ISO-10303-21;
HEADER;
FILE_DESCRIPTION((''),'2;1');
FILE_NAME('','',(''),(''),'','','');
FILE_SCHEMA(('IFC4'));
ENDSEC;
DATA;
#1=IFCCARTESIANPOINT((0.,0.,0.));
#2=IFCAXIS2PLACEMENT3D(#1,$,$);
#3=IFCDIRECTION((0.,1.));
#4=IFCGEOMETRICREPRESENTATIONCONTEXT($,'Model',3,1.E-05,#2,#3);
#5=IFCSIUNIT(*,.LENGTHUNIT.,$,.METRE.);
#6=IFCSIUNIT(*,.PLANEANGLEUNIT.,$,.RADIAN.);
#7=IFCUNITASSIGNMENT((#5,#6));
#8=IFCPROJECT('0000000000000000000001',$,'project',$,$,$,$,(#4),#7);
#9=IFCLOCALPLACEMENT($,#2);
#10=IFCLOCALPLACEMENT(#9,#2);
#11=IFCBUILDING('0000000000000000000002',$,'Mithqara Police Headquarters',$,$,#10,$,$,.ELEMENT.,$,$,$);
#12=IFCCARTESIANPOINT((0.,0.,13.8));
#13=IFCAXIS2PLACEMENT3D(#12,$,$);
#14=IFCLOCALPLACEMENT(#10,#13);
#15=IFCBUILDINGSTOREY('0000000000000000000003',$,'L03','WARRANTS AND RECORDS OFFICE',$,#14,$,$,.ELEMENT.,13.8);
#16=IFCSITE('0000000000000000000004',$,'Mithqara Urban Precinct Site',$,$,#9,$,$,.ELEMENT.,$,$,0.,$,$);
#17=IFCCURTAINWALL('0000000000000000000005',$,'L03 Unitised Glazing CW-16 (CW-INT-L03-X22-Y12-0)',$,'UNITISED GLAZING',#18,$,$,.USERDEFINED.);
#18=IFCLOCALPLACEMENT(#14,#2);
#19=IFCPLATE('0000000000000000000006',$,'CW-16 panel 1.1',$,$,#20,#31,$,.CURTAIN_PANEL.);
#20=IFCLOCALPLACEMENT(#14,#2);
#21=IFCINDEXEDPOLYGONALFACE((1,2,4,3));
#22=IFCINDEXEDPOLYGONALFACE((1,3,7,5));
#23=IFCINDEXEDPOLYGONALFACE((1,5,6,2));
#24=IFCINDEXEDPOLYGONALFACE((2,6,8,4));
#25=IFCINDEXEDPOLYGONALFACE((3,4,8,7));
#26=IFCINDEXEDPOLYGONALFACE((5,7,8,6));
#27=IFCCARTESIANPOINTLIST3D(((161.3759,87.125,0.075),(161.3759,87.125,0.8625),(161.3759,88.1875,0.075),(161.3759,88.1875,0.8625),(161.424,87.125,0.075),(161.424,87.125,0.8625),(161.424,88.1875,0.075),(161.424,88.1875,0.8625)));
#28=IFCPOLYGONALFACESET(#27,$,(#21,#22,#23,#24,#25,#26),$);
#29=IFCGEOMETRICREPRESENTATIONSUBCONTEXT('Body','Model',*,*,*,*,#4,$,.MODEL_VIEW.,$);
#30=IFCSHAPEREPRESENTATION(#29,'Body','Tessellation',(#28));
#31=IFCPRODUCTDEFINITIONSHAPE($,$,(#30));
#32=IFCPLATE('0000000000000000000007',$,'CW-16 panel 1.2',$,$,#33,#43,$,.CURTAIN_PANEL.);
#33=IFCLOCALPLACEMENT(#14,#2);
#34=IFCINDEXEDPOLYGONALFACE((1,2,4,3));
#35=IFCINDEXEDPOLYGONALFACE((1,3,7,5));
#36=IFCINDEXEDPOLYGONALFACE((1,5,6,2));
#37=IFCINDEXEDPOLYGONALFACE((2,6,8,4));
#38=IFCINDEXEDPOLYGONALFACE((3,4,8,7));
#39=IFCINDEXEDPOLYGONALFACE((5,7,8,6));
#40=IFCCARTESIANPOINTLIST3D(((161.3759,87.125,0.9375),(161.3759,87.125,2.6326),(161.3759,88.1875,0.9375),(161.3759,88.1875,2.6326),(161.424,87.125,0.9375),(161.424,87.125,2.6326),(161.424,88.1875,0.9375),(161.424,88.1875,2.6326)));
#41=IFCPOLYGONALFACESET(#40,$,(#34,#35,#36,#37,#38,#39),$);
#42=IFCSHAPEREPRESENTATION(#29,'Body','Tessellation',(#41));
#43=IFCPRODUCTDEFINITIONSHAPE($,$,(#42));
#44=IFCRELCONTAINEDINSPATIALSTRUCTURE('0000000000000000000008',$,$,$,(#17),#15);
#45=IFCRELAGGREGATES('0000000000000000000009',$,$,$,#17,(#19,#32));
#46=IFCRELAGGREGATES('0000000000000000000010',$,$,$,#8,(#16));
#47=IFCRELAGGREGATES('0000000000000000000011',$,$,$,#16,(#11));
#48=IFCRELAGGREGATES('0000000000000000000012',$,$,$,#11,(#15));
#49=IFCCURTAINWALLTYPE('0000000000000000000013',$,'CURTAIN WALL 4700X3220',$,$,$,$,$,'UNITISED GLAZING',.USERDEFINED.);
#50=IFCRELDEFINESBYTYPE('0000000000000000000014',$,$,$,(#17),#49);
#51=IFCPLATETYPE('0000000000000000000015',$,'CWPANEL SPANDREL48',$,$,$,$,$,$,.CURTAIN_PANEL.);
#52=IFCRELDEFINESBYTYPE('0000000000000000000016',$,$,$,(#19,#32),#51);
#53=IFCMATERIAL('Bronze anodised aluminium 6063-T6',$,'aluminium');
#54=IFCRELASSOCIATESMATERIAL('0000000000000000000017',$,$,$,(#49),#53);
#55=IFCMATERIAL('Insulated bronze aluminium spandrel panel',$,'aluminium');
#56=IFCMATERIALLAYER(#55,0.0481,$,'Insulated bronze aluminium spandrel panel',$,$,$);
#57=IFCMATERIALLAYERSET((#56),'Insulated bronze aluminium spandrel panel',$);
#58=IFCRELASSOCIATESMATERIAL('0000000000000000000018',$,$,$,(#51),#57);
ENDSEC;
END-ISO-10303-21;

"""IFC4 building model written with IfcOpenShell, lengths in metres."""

from ifc_helpers import new_model, si_unit, direction, frame, origin, origin_2d, place, context, subcontext, project, spatial, rectangle, extrude, material, layer, layer_set, type_object, element, aggregate, save


model = new_model("IFC4")

# Units and contexts
model_context = context("Model", 3, precision=1e-05, world=origin(), true_north=direction((0.0, 1.0)))
body_context = subcontext(model_context, "Body", "Model", "MODEL_VIEW")
ifc_project = project(units=[si_unit("LENGTHUNIT", "METRE"), si_unit("PLANEANGLEUNIT", "RADIAN")], contexts=[model_context])

# Site, building, storey
site_placement = place(None, origin())
site = spatial("IfcSite", under=ifc_project, at=site_placement, Name="Mithqara Urban Precinct Site", CompositionType="ELEMENT", RefElevation=0.0)
building_placement = place(site_placement, origin())
building = spatial("IfcBuilding", under=site, at=building_placement, Name="Mithqara Police Headquarters", CompositionType="ELEMENT")
storey_placement = place(building_placement, frame((0.0, 0.0, 13.8)))
storey = spatial("IfcBuildingStorey", under=building, at=storey_placement, Name="L03", Description="WARRANTS AND RECORDS OFFICE", CompositionType="ELEMENT", Elevation=13.8)

# Shared definitions
ifc_material_1 = material(Name="Bronze anodised aluminium 6063-T6", Category="aluminium")
curtain_wall_type = type_object("IfcCurtainWallType", Name="CURTAIN WALL 4700X3220", ElementType="UNITISED GLAZING", PredefinedType="USERDEFINED", material=ifc_material_1)

# Curtain wall
curtain_wall_1_placement = place(storey_placement, origin())
curtain_wall_1 = element("IfcCurtainWall", 1, at=curtain_wall_1_placement, inside=storey, type_object=curtain_wall_type, Name="L03 Unitised Glazing CW-16 (CW-INT-L03-X22-Y12-0)", ObjectType="UNITISED GLAZING", PredefinedType="USERDEFINED")

# Plates
ifc_material_2 = material(Name="Insulated bronze aluminium spandrel panel", Category="aluminium")
ifc_layer_1 = layer(ifc_material_2, 0.0481, Name="Insulated bronze aluminium spandrel panel")
ifc_layer_set_1 = layer_set([ifc_layer_1], Name="Insulated bronze aluminium spandrel panel")
plate_type_1 = type_object("IfcPlateType", Name="CWPANEL SPANDREL48", PredefinedType="CURTAIN_PANEL", material=ifc_layer_set_1)
plate_1_placement = place(storey_placement, frame((161.3999, 87.6562, 0.075), z_axis=(0.0, 0.0, 1.0), x_axis=(0.0, 1.0, 0.0)))
plate_1 = element("IfcPlate", 2, at=plate_1_placement, type_object=plate_type_1, Name="CW-16 panel 1.1", PredefinedType="CURTAIN_PANEL", context=body_context, shape_type="SweptSolid", body=[
    extrude(rectangle(XDim=1.0625, YDim=0.0481, at=origin_2d()), origin(), (0.0, 0.0, 1.0), 0.7876),
])
plate_2_placement = place(storey_placement, frame((161.3999, 87.6562, 0.9375), z_axis=(0.0, 0.0, 1.0), x_axis=(0.0, 1.0, 0.0)))
plate_2 = element("IfcPlate", 3, at=plate_2_placement, type_object=plate_type_1, Name="CW-16 panel 1.2", PredefinedType="CURTAIN_PANEL", context=body_context, shape_type="SweptSolid", body=[
    extrude(rectangle(XDim=1.0625, YDim=0.0481, at=origin_2d()), origin(), (0.0, 0.0, 1.0), 1.6951),
])
aggregate(curtain_wall_1, [plate_1, plate_2])

save(model, "model.ifc")
